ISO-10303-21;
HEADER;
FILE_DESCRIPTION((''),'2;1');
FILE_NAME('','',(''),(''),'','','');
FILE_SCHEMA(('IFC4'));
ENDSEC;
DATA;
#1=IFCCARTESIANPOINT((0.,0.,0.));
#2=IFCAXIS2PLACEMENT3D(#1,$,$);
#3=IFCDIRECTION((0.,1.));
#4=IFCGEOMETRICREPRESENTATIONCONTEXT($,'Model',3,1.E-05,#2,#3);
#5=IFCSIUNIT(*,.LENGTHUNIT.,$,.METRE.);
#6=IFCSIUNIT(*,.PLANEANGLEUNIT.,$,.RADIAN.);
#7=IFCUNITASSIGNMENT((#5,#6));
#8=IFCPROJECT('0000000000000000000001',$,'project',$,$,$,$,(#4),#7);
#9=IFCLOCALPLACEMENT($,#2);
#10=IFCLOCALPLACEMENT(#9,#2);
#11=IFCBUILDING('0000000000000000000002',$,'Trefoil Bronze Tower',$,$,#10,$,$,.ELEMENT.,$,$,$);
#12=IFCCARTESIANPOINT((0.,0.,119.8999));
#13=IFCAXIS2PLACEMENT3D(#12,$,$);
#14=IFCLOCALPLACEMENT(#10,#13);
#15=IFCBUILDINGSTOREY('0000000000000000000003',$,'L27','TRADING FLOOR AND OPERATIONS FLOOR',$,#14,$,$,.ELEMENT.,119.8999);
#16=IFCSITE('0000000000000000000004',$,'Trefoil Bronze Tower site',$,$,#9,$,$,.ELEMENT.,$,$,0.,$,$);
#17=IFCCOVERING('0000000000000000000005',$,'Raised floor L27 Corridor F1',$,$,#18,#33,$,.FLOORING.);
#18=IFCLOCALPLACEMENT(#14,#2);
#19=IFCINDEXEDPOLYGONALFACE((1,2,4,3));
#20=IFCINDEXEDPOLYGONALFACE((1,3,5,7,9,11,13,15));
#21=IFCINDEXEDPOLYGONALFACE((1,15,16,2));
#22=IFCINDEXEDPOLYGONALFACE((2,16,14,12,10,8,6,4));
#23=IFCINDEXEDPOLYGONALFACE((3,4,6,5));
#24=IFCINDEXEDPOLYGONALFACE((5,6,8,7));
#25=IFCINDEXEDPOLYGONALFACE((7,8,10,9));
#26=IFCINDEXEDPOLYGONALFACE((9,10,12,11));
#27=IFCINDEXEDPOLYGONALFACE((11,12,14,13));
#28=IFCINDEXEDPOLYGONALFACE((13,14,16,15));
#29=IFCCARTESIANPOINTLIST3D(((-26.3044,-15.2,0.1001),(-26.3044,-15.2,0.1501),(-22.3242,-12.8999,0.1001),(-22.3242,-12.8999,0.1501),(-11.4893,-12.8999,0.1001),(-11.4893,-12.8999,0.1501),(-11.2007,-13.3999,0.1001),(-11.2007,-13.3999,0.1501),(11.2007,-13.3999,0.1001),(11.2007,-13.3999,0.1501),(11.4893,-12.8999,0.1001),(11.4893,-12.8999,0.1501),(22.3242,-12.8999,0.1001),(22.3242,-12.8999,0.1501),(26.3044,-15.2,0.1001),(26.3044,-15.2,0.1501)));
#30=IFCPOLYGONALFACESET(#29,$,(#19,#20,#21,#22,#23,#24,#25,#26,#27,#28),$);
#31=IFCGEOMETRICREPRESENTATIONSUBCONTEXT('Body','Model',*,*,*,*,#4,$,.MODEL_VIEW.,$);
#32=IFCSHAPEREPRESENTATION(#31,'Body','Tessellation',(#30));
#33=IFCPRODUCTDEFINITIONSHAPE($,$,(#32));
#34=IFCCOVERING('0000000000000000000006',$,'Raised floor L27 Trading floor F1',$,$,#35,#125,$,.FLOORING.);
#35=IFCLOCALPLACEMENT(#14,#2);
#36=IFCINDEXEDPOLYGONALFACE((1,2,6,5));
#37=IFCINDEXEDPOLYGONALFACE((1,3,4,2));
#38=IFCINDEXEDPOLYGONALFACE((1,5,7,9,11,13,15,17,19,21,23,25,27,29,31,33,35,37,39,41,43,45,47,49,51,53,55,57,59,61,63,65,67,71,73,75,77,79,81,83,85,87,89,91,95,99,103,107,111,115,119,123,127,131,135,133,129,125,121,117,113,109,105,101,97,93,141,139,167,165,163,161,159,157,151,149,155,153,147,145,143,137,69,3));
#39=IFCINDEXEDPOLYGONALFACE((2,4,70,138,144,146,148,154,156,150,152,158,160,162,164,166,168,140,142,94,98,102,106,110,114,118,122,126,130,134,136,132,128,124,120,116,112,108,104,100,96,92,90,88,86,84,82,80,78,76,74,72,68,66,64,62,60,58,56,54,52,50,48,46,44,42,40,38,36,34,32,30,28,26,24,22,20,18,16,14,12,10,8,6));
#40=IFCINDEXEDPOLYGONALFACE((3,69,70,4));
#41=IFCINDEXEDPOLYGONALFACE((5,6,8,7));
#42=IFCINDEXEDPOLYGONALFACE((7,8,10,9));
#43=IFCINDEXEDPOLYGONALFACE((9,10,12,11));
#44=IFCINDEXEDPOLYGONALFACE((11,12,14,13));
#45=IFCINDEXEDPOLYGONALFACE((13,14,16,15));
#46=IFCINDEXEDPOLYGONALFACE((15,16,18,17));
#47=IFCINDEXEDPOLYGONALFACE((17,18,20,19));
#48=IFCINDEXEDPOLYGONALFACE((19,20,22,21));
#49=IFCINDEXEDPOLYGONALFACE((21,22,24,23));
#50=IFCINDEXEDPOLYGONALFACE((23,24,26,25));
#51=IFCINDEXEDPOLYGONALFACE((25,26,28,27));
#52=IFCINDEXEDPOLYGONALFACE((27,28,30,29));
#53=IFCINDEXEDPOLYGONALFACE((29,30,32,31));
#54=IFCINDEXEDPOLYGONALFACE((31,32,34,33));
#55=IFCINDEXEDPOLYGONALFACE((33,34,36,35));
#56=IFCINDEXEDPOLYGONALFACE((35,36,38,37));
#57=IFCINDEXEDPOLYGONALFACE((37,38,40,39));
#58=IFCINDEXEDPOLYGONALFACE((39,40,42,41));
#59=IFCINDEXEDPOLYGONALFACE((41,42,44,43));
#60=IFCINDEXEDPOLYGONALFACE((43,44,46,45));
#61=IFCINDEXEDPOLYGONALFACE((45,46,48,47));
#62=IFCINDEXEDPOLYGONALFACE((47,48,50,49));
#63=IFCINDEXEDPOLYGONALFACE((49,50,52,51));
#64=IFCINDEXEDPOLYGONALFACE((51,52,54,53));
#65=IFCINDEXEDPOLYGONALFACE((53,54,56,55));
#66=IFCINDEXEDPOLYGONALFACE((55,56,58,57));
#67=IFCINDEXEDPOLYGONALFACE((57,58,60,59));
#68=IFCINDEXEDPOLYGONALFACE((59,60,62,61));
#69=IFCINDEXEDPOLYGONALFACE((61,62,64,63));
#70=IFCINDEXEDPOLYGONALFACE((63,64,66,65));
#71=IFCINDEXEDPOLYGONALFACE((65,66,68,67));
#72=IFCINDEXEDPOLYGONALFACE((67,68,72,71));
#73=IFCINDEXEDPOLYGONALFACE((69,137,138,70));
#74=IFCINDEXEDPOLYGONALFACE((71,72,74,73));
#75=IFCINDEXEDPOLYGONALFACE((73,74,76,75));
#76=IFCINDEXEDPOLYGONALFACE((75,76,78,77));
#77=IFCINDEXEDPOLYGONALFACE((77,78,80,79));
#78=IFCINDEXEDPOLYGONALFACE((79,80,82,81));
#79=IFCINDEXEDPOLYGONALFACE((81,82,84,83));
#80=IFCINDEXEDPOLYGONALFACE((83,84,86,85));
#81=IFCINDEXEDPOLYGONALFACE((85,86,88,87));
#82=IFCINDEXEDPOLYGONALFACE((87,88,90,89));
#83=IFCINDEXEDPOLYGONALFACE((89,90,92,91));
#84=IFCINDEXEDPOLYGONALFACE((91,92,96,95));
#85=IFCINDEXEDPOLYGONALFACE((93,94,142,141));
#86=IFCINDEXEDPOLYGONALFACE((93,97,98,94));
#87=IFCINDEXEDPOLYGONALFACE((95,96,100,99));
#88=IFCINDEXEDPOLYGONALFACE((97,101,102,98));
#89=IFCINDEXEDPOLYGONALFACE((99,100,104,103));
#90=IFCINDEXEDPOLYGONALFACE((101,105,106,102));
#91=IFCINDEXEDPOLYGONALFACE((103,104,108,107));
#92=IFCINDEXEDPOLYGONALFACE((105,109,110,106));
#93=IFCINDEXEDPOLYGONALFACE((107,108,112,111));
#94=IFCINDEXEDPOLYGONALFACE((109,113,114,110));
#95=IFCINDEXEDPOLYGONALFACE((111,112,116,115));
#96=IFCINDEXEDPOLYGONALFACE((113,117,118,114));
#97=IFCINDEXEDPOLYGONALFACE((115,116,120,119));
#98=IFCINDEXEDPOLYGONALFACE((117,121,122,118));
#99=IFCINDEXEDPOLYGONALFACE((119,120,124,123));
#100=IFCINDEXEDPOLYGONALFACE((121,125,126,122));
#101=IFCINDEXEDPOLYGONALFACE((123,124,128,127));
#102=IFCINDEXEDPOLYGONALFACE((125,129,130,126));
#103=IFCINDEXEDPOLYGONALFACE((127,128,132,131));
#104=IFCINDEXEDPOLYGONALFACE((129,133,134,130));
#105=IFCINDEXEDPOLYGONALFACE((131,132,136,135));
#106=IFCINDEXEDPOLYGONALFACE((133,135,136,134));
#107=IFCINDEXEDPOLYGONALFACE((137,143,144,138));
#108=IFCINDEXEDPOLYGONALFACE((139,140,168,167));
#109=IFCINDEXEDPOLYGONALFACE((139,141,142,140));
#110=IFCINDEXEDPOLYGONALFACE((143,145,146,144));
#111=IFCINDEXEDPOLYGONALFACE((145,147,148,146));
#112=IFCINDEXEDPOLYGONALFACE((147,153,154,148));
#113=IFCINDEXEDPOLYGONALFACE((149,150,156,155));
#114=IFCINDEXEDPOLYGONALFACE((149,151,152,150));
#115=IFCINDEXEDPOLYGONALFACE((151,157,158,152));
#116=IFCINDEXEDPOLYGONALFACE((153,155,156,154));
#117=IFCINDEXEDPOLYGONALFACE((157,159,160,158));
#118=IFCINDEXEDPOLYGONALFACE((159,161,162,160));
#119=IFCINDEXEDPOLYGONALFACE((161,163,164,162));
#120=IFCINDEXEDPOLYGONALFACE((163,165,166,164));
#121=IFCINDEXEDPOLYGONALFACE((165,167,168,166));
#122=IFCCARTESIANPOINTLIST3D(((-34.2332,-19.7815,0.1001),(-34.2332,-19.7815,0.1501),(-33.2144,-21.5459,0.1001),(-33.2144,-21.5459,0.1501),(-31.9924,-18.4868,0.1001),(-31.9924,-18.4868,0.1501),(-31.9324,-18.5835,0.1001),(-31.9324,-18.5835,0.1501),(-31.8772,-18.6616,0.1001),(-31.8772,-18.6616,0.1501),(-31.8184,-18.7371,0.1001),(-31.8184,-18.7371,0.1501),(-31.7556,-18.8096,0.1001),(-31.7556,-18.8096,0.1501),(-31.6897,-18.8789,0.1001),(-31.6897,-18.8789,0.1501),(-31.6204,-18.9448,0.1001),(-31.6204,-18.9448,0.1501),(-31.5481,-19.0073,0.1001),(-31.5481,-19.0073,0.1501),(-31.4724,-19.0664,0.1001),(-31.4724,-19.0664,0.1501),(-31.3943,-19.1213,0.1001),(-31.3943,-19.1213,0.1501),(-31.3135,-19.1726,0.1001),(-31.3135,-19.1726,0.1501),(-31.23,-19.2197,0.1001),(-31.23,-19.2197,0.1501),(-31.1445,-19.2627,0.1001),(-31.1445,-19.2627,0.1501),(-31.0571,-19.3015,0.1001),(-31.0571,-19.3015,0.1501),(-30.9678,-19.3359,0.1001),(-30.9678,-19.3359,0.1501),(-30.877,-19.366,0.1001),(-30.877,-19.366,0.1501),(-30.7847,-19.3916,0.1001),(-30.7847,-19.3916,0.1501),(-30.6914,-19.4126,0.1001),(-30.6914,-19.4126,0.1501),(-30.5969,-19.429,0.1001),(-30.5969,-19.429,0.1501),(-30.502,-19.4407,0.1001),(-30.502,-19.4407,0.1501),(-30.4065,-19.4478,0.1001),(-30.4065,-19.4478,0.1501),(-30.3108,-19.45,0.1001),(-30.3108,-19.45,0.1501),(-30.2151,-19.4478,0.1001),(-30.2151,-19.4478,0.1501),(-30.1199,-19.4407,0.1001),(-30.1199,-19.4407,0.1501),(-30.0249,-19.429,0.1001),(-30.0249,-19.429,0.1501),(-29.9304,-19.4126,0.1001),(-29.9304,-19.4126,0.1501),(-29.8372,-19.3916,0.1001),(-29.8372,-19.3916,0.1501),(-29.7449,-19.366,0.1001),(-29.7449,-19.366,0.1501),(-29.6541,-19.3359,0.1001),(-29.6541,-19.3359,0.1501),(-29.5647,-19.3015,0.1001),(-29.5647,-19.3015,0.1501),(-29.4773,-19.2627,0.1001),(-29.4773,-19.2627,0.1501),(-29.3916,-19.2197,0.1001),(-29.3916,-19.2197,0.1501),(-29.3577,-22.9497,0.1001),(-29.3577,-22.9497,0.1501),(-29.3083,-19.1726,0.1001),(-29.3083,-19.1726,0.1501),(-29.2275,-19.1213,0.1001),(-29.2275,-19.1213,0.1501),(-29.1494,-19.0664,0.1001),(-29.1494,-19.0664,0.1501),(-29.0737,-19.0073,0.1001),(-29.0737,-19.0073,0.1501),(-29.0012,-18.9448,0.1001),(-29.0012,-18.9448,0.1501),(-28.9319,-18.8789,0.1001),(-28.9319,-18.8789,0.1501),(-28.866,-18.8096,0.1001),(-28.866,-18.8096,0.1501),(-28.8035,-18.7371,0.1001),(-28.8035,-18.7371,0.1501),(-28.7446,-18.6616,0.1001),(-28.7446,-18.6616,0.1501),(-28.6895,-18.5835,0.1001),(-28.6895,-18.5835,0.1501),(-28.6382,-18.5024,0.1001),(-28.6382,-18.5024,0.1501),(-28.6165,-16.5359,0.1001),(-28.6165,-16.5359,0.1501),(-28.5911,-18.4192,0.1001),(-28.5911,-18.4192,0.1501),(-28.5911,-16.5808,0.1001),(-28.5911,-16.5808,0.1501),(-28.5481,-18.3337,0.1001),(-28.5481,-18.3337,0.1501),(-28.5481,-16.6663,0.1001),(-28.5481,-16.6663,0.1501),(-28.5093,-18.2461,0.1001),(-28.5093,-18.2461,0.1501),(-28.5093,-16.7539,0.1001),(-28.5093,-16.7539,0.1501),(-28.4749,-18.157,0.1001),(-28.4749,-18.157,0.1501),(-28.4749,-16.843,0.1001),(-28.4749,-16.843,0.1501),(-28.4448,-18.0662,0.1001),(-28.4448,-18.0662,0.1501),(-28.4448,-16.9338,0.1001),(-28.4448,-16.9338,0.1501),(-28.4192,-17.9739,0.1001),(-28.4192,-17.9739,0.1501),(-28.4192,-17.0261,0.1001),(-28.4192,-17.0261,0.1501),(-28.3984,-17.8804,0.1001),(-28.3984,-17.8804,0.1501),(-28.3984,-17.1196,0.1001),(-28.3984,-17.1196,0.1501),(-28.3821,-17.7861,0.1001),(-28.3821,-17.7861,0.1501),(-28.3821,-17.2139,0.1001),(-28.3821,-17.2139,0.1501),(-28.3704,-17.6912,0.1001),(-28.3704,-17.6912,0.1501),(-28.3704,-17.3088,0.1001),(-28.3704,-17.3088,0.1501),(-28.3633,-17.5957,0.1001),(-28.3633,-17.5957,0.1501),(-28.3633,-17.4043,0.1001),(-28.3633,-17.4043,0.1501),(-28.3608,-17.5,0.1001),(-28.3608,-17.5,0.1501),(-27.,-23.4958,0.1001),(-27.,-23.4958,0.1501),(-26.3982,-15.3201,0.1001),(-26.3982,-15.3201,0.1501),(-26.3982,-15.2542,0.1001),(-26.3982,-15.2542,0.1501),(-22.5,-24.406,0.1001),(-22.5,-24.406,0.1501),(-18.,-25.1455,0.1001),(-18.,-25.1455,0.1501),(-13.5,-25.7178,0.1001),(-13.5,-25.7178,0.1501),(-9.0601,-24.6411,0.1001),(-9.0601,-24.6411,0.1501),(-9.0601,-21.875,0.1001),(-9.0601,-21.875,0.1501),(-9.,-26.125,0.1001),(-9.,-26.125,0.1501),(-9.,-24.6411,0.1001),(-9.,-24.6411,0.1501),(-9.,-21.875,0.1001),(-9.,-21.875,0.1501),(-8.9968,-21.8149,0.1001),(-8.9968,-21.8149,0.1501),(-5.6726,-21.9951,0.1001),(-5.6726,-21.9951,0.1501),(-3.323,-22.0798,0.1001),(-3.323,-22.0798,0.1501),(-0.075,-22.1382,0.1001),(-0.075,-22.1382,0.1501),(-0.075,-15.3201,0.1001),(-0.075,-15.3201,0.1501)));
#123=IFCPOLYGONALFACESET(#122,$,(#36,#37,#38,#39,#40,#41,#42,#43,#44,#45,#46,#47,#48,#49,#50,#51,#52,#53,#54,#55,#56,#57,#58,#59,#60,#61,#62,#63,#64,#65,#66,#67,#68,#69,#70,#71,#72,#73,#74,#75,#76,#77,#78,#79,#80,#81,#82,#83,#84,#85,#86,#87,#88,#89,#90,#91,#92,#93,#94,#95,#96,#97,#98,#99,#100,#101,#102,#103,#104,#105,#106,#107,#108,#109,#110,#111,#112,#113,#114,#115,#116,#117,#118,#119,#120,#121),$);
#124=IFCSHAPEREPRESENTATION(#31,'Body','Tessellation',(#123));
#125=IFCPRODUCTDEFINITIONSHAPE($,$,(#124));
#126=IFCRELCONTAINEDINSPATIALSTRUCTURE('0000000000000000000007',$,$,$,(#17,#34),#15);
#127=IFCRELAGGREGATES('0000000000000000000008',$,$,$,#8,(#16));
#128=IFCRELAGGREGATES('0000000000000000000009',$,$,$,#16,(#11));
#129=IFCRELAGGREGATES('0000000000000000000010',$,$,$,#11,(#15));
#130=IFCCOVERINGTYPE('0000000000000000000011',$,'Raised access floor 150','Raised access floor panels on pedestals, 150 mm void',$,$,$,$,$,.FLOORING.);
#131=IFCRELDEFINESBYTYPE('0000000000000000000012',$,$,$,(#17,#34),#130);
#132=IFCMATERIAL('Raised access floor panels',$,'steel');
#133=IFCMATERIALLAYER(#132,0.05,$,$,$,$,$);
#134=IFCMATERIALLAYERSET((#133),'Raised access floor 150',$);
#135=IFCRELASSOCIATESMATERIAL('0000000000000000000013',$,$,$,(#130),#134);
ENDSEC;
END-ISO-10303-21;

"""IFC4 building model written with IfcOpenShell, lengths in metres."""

from ifc_helpers import new_model, si_unit, direction, frame, origin, place, context, subcontext, project, spatial, polyline, outline, extrude, material, layer, layer_set, type_object, element, save


model = new_model("IFC4")

# Units and contexts
model_context = context("Model", 3, precision=1e-05, world=origin(), true_north=direction((0.0, 1.0)))
body_context = subcontext(model_context, "Body", "Model", "MODEL_VIEW")
ifc_project = project(units=[si_unit("LENGTHUNIT", "METRE"), si_unit("PLANEANGLEUNIT", "RADIAN")], contexts=[model_context])

# Site, building, storey
site_placement = place(None, origin())
site = spatial("IfcSite", under=ifc_project, at=site_placement, Name="Trefoil Bronze Tower site", CompositionType="ELEMENT", RefElevation=0.0)
building_placement = place(site_placement, origin())
building = spatial("IfcBuilding", under=site, at=building_placement, Name="Trefoil Bronze Tower", CompositionType="ELEMENT")
storey_placement = place(building_placement, frame((0.0, 0.0, 119.8999)))
storey = spatial("IfcBuildingStorey", under=building, at=storey_placement, Name="L27", Description="TRADING FLOOR AND OPERATIONS FLOOR", CompositionType="ELEMENT", Elevation=119.8999)

# Coverings
ifc_material_1 = material(Name="Raised access floor panels", Category="steel")
ifc_layer_1 = layer(ifc_material_1, 0.05)
ifc_layer_set_1 = layer_set([ifc_layer_1], Name="Raised access floor 150")
covering_type_1 = type_object("IfcCoveringType", Name="Raised access floor 150", Description="Raised access floor panels on pedestals, 150 mm void", PredefinedType="FLOORING", material=ifc_layer_set_1)
covering_1_placement = place(storey_placement, frame((0.0, 0.0, 0.1001)))
element("IfcCovering", 1, at=covering_1_placement, inside=storey, type_object=covering_type_1, Name="Raised floor L27 Corridor F1", PredefinedType="FLOORING", context=body_context, shape_type="SweptSolid", body=[
    extrude(outline(polyline([(-26.3044, -15.2), (-22.3242, -12.8999), (-11.4893, -12.8999), (-11.2007, -13.3999), (11.2007, -13.3999), (11.4893, -12.8999), (22.3242, -12.8999), (26.3044, -15.2), (-26.3044, -15.2)])), origin(), (0.0, 0.0, 1.0), 0.05),
])
covering_2_placement = place(storey_placement, frame((0.0, 0.0, 0.1001)))
element("IfcCovering", 2, at=covering_2_placement, inside=storey, type_object=covering_type_1, Name="Raised floor L27 Trading floor F1", PredefinedType="FLOORING", context=body_context, shape_type="SweptSolid", body=[
    extrude(outline(polyline([(-28.5093, -16.7539), (-28.5481, -16.6663), (-28.5911, -16.5808), (-28.6165, -16.5359), (-26.3982, -15.2542), (-26.3982, -15.3201), (-0.075, -15.3201), (-0.075, -22.1382), (-3.323, -22.0798), (-5.6726, -21.9951), (-8.9968, -21.8149), (-9.0, -21.875), (-9.0601, -21.875), (-9.0601, -24.6411), (-9.0, -24.6411), (-9.0, -26.125), (-13.5, -25.7178), (-18.0, -25.1455), (-22.5, -24.406), (-27.0, -23.4958), (-29.3577, -22.9497), (-33.2144, -21.5459), (-34.2332, -19.7815), (-31.9924, -18.4868), (-31.9324, -18.5835), (-31.8772, -18.6616), (-31.8184, -18.7371), (-31.7556, -18.8096), (-31.6897, -18.8789), (-31.6204, -18.9448), (-31.5481, -19.0073), (-31.4724, -19.0664), (-31.3943, -19.1213), (-31.3135, -19.1726), (-31.23, -19.2197), (-31.1445, -19.2627), (-31.0571, -19.3015), (-30.9678, -19.3359), (-30.877, -19.366), (-30.7847, -19.3916), (-30.6914, -19.4126), (-30.5969, -19.429), (-30.502, -19.4407), (-30.4065, -19.4478), (-30.3108, -19.45), (-30.2151, -19.4478), (-30.1199, -19.4407), (-30.0249, -19.429), (-29.9304, -19.4126), (-29.8372, -19.3916), (-29.7449, -19.366), (-29.6541, -19.3359), (-29.5647, -19.3015), (-29.4773, -19.2627), (-29.3916, -19.2197), (-29.3083, -19.1726), (-29.2275, -19.1213), (-29.1494, -19.0664), (-29.0737, -19.0073), (-29.0012, -18.9448), (-28.9319, -18.8789), (-28.866, -18.8096), (-28.8035, -18.7371), (-28.7446, -18.6616), (-28.6895, -18.5835), (-28.6382, -18.5024), (-28.5911, -18.4192), (-28.5481, -18.3337), (-28.5093, -18.2461), (-28.4749, -18.157), (-28.4448, -18.0662), (-28.4192, -17.9739), (-28.3984, -17.8804), (-28.3821, -17.7861), (-28.3704, -17.6912), (-28.3633, -17.5957), (-28.3608, -17.5), (-28.3633, -17.4043), (-28.3704, -17.3088), (-28.3821, -17.2139), (-28.3984, -17.1196), (-28.4192, -17.0261), (-28.4448, -16.9338), (-28.4749, -16.843), (-28.5093, -16.7539)])), origin(), (0.0, 0.0, 1.0), 0.05),
])

save(model, "model.ifc")
